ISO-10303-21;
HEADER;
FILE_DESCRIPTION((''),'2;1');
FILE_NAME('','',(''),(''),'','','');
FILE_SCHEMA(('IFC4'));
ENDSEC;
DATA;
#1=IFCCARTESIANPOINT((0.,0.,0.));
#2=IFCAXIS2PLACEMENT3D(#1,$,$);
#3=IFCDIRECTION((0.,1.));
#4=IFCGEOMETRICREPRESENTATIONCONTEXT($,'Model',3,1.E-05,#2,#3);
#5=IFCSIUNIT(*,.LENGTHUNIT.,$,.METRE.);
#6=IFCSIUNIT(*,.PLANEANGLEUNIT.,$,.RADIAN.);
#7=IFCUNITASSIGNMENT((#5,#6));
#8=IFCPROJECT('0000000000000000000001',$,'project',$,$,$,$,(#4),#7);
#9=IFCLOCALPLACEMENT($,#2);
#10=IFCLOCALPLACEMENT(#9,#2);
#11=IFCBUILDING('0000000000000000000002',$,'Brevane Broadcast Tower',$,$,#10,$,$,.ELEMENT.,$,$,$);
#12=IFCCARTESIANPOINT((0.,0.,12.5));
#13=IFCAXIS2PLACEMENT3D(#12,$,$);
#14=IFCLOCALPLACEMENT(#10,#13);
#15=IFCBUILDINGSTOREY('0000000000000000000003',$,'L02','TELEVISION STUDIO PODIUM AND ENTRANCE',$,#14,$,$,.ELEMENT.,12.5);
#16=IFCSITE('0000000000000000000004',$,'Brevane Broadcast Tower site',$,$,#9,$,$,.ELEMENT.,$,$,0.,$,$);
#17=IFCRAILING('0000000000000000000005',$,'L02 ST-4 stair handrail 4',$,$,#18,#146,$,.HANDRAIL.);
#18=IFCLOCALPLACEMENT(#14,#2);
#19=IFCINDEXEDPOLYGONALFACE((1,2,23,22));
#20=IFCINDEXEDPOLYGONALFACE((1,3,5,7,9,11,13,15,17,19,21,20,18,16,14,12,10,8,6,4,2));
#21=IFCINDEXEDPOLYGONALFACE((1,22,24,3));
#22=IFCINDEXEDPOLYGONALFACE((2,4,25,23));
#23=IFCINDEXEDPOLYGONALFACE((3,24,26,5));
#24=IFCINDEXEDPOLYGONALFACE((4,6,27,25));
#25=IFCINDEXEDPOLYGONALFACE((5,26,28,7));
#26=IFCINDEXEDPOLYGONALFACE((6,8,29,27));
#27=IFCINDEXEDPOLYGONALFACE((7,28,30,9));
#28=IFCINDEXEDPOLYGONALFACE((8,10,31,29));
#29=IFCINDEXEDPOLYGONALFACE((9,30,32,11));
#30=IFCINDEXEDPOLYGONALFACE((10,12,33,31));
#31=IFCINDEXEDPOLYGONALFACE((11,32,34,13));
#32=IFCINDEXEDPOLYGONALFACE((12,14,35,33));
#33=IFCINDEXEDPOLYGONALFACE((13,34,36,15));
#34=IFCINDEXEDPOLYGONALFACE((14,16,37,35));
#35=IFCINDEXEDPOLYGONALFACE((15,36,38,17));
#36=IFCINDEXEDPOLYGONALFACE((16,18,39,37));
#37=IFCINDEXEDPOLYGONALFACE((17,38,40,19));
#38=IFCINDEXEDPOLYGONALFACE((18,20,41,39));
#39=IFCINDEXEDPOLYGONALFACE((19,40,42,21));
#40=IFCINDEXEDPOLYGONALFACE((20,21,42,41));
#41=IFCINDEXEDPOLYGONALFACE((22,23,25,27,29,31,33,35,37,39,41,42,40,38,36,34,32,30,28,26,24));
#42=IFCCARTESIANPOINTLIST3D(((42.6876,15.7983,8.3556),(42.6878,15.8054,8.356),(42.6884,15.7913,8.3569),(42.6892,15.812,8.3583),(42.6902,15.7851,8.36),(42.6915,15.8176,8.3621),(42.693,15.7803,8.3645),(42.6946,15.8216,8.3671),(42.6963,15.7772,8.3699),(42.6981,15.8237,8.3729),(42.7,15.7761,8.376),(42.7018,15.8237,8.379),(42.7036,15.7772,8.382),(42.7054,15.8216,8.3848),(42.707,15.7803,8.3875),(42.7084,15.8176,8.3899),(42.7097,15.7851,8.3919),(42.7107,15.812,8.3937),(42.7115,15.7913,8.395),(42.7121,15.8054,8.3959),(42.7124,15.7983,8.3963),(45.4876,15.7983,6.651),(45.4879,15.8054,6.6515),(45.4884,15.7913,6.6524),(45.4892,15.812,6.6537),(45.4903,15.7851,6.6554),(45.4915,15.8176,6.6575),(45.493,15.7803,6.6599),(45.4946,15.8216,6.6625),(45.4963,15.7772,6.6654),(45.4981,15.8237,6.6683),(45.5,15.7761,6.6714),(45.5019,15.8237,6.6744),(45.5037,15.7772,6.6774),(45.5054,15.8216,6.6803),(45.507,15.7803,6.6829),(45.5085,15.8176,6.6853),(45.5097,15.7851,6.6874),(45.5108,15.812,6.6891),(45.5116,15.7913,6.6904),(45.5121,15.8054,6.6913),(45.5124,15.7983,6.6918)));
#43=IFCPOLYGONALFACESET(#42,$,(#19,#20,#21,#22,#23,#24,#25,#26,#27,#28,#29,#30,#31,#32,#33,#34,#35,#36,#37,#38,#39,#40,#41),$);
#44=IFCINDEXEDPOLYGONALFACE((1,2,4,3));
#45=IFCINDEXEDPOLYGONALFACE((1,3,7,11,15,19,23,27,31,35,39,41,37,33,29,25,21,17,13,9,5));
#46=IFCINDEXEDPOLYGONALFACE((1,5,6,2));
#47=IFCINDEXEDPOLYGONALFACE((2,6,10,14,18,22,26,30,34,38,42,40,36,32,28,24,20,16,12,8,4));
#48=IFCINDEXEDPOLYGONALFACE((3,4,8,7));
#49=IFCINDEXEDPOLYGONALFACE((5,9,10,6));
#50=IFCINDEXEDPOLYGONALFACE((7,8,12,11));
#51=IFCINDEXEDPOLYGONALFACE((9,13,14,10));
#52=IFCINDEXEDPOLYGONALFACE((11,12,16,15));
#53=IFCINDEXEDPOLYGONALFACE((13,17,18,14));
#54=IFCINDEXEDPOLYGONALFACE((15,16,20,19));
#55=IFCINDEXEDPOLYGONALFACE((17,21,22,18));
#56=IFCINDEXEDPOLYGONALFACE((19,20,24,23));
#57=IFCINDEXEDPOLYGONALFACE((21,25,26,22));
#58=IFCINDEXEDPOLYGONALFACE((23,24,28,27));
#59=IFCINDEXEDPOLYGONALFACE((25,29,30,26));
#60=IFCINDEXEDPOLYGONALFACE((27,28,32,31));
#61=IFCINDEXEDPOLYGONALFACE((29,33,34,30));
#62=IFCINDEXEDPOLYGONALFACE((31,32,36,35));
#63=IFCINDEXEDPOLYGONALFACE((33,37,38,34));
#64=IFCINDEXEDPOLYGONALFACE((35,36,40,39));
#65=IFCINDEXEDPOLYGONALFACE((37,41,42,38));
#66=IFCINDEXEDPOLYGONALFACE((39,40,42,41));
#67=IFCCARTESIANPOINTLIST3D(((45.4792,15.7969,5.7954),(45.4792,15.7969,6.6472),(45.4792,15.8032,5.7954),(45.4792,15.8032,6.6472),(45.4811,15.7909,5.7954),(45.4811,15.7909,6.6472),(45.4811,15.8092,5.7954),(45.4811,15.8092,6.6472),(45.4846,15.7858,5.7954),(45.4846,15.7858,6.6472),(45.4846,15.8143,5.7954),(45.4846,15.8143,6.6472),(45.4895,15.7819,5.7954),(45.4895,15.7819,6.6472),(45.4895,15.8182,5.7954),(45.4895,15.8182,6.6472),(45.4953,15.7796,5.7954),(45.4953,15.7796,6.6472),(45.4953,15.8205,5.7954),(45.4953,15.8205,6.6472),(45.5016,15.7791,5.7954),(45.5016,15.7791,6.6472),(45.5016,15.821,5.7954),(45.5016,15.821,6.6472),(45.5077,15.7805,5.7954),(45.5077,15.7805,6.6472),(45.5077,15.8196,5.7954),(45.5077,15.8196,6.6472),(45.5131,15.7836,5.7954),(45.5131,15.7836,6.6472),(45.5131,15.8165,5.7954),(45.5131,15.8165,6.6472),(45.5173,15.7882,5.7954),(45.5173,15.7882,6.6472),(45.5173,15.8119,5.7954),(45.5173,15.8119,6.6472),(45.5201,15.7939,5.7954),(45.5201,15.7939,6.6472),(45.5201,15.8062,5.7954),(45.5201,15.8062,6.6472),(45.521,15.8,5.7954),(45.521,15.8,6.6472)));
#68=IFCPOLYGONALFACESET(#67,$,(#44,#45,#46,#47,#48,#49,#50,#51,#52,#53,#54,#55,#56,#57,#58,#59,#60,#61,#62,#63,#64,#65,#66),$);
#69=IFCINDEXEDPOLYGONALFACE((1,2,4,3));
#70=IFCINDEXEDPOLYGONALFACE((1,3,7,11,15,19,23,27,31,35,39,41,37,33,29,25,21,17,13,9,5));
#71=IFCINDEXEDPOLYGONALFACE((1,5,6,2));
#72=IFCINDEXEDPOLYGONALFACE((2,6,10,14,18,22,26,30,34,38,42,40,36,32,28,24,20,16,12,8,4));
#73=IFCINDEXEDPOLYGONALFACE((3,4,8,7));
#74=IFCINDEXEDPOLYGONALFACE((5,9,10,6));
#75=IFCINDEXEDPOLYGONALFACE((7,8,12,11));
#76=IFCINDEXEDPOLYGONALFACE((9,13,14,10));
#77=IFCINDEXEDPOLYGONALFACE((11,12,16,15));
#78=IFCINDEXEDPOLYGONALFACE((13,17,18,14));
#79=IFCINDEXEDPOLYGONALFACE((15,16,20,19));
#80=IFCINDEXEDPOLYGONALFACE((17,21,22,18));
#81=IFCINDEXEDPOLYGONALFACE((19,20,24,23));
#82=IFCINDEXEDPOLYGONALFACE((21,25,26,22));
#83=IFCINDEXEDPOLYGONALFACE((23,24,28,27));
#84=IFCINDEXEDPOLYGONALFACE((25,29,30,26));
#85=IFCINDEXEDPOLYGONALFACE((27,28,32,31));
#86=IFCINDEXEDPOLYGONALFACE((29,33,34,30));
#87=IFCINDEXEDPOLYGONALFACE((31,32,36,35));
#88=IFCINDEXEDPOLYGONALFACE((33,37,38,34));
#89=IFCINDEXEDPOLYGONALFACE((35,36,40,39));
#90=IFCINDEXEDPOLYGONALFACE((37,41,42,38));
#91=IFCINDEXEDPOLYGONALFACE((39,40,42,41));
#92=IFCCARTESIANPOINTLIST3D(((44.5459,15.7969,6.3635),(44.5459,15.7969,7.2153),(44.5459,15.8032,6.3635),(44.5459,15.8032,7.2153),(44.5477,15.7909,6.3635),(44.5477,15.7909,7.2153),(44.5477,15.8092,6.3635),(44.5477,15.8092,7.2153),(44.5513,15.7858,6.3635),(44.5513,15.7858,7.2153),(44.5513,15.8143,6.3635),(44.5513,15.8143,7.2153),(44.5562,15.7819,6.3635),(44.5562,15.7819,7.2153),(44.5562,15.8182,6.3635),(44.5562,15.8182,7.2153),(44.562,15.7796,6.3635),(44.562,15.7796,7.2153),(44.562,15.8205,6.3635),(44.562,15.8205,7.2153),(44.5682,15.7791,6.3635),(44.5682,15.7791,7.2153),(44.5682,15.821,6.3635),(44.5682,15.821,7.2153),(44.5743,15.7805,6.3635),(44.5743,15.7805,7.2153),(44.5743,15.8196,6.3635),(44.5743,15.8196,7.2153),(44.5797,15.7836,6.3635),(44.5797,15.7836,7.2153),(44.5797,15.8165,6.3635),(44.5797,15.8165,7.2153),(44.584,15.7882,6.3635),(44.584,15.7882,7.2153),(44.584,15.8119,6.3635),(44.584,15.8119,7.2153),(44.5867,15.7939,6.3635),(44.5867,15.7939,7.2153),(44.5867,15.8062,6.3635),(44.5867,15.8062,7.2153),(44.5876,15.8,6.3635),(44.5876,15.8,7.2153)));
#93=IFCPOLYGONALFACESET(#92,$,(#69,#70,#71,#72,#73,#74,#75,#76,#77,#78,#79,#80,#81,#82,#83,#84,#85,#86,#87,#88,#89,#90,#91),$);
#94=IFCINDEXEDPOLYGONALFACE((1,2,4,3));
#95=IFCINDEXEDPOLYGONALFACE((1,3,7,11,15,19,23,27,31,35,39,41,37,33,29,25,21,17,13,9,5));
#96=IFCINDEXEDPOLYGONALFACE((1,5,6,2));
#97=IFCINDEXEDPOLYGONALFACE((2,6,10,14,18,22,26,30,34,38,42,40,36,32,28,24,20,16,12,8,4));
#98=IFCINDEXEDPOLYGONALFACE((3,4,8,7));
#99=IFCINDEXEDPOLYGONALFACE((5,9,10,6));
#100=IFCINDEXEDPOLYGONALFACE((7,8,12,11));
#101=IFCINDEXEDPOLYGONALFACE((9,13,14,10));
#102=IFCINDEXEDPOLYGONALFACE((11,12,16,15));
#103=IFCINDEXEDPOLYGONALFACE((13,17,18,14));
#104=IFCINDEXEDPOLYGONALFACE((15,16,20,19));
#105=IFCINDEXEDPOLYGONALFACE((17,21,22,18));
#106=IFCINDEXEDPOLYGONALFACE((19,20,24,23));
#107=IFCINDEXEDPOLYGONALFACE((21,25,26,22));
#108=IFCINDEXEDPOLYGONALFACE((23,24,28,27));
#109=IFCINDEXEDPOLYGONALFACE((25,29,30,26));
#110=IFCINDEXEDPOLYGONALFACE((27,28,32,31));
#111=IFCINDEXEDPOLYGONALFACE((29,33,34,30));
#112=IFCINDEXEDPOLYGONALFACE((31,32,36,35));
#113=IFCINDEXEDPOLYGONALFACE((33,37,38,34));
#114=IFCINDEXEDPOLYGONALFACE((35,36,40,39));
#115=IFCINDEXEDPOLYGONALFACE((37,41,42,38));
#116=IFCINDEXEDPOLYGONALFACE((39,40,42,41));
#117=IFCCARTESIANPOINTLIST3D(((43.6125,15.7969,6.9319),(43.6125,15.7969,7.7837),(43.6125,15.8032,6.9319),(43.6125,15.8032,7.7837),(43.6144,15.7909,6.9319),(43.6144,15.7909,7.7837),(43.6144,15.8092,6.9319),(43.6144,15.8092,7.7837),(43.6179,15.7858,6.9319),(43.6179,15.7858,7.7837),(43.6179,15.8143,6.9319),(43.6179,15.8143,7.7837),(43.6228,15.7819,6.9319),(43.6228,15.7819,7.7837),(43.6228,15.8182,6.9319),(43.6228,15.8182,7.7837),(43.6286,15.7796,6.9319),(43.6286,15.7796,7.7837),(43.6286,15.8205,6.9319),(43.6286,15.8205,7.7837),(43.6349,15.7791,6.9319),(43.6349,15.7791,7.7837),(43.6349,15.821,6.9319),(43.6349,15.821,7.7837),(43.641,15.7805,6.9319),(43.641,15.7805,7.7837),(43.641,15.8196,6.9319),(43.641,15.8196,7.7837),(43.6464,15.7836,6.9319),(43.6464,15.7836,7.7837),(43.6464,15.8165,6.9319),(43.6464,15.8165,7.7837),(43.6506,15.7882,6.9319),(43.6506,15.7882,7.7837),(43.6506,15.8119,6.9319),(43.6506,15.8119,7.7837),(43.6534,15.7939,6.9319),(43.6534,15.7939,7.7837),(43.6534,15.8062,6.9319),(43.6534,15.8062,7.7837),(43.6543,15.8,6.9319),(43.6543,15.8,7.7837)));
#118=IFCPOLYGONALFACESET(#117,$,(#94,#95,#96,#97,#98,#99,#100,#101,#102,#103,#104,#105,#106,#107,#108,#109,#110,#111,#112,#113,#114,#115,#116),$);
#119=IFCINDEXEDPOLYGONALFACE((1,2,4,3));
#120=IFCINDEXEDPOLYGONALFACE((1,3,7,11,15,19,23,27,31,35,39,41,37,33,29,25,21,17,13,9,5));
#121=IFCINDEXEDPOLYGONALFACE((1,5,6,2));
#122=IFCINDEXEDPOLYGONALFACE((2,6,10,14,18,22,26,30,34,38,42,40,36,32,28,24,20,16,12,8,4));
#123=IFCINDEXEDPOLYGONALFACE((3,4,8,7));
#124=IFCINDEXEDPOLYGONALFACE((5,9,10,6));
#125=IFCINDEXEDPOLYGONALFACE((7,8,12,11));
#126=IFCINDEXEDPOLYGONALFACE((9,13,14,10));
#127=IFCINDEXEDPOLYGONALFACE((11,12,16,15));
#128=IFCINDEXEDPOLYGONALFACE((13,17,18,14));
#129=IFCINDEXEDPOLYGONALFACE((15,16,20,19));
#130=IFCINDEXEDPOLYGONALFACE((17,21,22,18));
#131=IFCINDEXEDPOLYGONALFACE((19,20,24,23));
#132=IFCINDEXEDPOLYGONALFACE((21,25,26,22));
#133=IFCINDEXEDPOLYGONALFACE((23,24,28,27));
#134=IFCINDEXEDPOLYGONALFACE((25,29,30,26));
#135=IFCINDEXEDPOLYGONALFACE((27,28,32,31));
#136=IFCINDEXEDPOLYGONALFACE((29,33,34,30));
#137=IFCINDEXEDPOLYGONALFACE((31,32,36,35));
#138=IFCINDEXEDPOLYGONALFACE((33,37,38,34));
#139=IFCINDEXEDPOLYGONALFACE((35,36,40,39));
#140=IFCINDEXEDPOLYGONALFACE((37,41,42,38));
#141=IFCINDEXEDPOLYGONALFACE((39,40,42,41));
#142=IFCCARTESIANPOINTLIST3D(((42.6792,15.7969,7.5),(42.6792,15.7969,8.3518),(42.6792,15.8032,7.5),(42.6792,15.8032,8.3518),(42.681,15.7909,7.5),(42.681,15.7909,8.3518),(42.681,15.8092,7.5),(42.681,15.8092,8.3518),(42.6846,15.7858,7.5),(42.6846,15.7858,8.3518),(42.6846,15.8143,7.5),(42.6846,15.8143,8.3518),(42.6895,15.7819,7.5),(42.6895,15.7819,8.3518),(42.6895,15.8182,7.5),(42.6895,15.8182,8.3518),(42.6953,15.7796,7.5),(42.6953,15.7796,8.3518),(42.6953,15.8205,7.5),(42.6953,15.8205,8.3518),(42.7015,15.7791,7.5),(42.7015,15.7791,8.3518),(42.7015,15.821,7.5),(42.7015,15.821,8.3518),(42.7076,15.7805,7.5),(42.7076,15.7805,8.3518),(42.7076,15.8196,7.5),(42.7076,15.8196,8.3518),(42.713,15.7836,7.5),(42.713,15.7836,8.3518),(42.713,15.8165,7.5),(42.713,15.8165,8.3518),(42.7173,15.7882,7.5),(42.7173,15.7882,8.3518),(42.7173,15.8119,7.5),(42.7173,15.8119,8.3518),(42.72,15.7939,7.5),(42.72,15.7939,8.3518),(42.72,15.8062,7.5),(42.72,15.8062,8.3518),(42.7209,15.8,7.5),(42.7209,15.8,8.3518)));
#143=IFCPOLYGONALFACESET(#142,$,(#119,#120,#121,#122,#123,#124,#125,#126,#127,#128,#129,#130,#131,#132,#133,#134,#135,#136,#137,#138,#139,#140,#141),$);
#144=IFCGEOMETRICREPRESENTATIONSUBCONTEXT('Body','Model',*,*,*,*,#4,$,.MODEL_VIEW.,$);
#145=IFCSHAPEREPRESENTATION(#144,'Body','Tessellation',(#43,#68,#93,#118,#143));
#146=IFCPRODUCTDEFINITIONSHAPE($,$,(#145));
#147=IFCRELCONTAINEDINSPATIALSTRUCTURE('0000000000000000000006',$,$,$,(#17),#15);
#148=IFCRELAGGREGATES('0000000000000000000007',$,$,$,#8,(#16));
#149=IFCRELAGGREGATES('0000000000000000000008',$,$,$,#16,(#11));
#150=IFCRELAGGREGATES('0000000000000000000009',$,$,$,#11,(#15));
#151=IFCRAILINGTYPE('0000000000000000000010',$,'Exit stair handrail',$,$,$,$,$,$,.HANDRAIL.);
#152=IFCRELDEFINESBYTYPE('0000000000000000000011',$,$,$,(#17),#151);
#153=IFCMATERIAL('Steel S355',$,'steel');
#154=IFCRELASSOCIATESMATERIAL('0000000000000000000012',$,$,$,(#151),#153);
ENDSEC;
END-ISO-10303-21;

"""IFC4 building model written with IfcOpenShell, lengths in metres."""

from ifc_helpers import new_model, si_unit, direction, frame, origin, origin_2d, place, context, subcontext, project, spatial, circle, extrude, material, type_object, element, save


model = new_model("IFC4")

# Units and contexts
model_context = context("Model", 3, precision=1e-05, world=origin(), true_north=direction((0.0, 1.0)))
body_context = subcontext(model_context, "Body", "Model", "MODEL_VIEW")
ifc_project = project(units=[si_unit("LENGTHUNIT", "METRE"), si_unit("PLANEANGLEUNIT", "RADIAN")], contexts=[model_context])

# Site, building, storey
site_placement = place(None, origin())
site = spatial("IfcSite", under=ifc_project, at=site_placement, Name="Brevane Broadcast Tower site", CompositionType="ELEMENT", RefElevation=0.0)
building_placement = place(site_placement, origin())
building = spatial("IfcBuilding", under=site, at=building_placement, Name="Brevane Broadcast Tower", CompositionType="ELEMENT")
storey_placement = place(building_placement, frame((0.0, 0.0, 12.5)))
storey = spatial("IfcBuildingStorey", under=building, at=storey_placement, Name="L02", Description="TELEVISION STUDIO PODIUM AND ENTRANCE", CompositionType="ELEMENT", Elevation=12.5)

# Railing
ifc_material_1 = material(Name="Steel S355", Category="steel")
railing_type_1 = type_object("IfcRailingType", Name="Exit stair handrail", PredefinedType="HANDRAIL", material=ifc_material_1)
railing_1_placement = place(storey_placement, frame((45.5, 15.8, 5.7954)))
element("IfcRailing", 1, at=railing_1_placement, inside=storey, type_object=railing_type_1, Name="L02 ST-4 stair handrail 4", PredefinedType="HANDRAIL", context=body_context, shape_type="SweptSolid", body=[
    extrude(circle(Radius=0.0239, at=origin_2d()), frame((0.0, 0.0, 0.876), z_axis=(-0.85417, 0.0, 0.519994), x_axis=(0.0, -1.0, 0.0)), (0.0, 0.0, 1.0), 3.2781),
    extrude(circle(Radius=0.021, at=origin_2d()), origin(), (0.0, 0.0, 1.0), 0.8518),
    extrude(circle(Radius=0.021, at=origin_2d()), frame((-0.9333, 0.0, 0.5681)), (0.0, 0.0, 1.0), 0.8518),
    extrude(circle(Radius=0.021, at=origin_2d()), frame((-1.8667, 0.0, 1.1365)), (0.0, 0.0, 1.0), 0.8518),
    extrude(circle(Radius=0.021, at=origin_2d()), frame((-2.8, 0.0, 1.7046)), (0.0, 0.0, 1.0), 0.8518),
])

save(model, "model.ifc")
